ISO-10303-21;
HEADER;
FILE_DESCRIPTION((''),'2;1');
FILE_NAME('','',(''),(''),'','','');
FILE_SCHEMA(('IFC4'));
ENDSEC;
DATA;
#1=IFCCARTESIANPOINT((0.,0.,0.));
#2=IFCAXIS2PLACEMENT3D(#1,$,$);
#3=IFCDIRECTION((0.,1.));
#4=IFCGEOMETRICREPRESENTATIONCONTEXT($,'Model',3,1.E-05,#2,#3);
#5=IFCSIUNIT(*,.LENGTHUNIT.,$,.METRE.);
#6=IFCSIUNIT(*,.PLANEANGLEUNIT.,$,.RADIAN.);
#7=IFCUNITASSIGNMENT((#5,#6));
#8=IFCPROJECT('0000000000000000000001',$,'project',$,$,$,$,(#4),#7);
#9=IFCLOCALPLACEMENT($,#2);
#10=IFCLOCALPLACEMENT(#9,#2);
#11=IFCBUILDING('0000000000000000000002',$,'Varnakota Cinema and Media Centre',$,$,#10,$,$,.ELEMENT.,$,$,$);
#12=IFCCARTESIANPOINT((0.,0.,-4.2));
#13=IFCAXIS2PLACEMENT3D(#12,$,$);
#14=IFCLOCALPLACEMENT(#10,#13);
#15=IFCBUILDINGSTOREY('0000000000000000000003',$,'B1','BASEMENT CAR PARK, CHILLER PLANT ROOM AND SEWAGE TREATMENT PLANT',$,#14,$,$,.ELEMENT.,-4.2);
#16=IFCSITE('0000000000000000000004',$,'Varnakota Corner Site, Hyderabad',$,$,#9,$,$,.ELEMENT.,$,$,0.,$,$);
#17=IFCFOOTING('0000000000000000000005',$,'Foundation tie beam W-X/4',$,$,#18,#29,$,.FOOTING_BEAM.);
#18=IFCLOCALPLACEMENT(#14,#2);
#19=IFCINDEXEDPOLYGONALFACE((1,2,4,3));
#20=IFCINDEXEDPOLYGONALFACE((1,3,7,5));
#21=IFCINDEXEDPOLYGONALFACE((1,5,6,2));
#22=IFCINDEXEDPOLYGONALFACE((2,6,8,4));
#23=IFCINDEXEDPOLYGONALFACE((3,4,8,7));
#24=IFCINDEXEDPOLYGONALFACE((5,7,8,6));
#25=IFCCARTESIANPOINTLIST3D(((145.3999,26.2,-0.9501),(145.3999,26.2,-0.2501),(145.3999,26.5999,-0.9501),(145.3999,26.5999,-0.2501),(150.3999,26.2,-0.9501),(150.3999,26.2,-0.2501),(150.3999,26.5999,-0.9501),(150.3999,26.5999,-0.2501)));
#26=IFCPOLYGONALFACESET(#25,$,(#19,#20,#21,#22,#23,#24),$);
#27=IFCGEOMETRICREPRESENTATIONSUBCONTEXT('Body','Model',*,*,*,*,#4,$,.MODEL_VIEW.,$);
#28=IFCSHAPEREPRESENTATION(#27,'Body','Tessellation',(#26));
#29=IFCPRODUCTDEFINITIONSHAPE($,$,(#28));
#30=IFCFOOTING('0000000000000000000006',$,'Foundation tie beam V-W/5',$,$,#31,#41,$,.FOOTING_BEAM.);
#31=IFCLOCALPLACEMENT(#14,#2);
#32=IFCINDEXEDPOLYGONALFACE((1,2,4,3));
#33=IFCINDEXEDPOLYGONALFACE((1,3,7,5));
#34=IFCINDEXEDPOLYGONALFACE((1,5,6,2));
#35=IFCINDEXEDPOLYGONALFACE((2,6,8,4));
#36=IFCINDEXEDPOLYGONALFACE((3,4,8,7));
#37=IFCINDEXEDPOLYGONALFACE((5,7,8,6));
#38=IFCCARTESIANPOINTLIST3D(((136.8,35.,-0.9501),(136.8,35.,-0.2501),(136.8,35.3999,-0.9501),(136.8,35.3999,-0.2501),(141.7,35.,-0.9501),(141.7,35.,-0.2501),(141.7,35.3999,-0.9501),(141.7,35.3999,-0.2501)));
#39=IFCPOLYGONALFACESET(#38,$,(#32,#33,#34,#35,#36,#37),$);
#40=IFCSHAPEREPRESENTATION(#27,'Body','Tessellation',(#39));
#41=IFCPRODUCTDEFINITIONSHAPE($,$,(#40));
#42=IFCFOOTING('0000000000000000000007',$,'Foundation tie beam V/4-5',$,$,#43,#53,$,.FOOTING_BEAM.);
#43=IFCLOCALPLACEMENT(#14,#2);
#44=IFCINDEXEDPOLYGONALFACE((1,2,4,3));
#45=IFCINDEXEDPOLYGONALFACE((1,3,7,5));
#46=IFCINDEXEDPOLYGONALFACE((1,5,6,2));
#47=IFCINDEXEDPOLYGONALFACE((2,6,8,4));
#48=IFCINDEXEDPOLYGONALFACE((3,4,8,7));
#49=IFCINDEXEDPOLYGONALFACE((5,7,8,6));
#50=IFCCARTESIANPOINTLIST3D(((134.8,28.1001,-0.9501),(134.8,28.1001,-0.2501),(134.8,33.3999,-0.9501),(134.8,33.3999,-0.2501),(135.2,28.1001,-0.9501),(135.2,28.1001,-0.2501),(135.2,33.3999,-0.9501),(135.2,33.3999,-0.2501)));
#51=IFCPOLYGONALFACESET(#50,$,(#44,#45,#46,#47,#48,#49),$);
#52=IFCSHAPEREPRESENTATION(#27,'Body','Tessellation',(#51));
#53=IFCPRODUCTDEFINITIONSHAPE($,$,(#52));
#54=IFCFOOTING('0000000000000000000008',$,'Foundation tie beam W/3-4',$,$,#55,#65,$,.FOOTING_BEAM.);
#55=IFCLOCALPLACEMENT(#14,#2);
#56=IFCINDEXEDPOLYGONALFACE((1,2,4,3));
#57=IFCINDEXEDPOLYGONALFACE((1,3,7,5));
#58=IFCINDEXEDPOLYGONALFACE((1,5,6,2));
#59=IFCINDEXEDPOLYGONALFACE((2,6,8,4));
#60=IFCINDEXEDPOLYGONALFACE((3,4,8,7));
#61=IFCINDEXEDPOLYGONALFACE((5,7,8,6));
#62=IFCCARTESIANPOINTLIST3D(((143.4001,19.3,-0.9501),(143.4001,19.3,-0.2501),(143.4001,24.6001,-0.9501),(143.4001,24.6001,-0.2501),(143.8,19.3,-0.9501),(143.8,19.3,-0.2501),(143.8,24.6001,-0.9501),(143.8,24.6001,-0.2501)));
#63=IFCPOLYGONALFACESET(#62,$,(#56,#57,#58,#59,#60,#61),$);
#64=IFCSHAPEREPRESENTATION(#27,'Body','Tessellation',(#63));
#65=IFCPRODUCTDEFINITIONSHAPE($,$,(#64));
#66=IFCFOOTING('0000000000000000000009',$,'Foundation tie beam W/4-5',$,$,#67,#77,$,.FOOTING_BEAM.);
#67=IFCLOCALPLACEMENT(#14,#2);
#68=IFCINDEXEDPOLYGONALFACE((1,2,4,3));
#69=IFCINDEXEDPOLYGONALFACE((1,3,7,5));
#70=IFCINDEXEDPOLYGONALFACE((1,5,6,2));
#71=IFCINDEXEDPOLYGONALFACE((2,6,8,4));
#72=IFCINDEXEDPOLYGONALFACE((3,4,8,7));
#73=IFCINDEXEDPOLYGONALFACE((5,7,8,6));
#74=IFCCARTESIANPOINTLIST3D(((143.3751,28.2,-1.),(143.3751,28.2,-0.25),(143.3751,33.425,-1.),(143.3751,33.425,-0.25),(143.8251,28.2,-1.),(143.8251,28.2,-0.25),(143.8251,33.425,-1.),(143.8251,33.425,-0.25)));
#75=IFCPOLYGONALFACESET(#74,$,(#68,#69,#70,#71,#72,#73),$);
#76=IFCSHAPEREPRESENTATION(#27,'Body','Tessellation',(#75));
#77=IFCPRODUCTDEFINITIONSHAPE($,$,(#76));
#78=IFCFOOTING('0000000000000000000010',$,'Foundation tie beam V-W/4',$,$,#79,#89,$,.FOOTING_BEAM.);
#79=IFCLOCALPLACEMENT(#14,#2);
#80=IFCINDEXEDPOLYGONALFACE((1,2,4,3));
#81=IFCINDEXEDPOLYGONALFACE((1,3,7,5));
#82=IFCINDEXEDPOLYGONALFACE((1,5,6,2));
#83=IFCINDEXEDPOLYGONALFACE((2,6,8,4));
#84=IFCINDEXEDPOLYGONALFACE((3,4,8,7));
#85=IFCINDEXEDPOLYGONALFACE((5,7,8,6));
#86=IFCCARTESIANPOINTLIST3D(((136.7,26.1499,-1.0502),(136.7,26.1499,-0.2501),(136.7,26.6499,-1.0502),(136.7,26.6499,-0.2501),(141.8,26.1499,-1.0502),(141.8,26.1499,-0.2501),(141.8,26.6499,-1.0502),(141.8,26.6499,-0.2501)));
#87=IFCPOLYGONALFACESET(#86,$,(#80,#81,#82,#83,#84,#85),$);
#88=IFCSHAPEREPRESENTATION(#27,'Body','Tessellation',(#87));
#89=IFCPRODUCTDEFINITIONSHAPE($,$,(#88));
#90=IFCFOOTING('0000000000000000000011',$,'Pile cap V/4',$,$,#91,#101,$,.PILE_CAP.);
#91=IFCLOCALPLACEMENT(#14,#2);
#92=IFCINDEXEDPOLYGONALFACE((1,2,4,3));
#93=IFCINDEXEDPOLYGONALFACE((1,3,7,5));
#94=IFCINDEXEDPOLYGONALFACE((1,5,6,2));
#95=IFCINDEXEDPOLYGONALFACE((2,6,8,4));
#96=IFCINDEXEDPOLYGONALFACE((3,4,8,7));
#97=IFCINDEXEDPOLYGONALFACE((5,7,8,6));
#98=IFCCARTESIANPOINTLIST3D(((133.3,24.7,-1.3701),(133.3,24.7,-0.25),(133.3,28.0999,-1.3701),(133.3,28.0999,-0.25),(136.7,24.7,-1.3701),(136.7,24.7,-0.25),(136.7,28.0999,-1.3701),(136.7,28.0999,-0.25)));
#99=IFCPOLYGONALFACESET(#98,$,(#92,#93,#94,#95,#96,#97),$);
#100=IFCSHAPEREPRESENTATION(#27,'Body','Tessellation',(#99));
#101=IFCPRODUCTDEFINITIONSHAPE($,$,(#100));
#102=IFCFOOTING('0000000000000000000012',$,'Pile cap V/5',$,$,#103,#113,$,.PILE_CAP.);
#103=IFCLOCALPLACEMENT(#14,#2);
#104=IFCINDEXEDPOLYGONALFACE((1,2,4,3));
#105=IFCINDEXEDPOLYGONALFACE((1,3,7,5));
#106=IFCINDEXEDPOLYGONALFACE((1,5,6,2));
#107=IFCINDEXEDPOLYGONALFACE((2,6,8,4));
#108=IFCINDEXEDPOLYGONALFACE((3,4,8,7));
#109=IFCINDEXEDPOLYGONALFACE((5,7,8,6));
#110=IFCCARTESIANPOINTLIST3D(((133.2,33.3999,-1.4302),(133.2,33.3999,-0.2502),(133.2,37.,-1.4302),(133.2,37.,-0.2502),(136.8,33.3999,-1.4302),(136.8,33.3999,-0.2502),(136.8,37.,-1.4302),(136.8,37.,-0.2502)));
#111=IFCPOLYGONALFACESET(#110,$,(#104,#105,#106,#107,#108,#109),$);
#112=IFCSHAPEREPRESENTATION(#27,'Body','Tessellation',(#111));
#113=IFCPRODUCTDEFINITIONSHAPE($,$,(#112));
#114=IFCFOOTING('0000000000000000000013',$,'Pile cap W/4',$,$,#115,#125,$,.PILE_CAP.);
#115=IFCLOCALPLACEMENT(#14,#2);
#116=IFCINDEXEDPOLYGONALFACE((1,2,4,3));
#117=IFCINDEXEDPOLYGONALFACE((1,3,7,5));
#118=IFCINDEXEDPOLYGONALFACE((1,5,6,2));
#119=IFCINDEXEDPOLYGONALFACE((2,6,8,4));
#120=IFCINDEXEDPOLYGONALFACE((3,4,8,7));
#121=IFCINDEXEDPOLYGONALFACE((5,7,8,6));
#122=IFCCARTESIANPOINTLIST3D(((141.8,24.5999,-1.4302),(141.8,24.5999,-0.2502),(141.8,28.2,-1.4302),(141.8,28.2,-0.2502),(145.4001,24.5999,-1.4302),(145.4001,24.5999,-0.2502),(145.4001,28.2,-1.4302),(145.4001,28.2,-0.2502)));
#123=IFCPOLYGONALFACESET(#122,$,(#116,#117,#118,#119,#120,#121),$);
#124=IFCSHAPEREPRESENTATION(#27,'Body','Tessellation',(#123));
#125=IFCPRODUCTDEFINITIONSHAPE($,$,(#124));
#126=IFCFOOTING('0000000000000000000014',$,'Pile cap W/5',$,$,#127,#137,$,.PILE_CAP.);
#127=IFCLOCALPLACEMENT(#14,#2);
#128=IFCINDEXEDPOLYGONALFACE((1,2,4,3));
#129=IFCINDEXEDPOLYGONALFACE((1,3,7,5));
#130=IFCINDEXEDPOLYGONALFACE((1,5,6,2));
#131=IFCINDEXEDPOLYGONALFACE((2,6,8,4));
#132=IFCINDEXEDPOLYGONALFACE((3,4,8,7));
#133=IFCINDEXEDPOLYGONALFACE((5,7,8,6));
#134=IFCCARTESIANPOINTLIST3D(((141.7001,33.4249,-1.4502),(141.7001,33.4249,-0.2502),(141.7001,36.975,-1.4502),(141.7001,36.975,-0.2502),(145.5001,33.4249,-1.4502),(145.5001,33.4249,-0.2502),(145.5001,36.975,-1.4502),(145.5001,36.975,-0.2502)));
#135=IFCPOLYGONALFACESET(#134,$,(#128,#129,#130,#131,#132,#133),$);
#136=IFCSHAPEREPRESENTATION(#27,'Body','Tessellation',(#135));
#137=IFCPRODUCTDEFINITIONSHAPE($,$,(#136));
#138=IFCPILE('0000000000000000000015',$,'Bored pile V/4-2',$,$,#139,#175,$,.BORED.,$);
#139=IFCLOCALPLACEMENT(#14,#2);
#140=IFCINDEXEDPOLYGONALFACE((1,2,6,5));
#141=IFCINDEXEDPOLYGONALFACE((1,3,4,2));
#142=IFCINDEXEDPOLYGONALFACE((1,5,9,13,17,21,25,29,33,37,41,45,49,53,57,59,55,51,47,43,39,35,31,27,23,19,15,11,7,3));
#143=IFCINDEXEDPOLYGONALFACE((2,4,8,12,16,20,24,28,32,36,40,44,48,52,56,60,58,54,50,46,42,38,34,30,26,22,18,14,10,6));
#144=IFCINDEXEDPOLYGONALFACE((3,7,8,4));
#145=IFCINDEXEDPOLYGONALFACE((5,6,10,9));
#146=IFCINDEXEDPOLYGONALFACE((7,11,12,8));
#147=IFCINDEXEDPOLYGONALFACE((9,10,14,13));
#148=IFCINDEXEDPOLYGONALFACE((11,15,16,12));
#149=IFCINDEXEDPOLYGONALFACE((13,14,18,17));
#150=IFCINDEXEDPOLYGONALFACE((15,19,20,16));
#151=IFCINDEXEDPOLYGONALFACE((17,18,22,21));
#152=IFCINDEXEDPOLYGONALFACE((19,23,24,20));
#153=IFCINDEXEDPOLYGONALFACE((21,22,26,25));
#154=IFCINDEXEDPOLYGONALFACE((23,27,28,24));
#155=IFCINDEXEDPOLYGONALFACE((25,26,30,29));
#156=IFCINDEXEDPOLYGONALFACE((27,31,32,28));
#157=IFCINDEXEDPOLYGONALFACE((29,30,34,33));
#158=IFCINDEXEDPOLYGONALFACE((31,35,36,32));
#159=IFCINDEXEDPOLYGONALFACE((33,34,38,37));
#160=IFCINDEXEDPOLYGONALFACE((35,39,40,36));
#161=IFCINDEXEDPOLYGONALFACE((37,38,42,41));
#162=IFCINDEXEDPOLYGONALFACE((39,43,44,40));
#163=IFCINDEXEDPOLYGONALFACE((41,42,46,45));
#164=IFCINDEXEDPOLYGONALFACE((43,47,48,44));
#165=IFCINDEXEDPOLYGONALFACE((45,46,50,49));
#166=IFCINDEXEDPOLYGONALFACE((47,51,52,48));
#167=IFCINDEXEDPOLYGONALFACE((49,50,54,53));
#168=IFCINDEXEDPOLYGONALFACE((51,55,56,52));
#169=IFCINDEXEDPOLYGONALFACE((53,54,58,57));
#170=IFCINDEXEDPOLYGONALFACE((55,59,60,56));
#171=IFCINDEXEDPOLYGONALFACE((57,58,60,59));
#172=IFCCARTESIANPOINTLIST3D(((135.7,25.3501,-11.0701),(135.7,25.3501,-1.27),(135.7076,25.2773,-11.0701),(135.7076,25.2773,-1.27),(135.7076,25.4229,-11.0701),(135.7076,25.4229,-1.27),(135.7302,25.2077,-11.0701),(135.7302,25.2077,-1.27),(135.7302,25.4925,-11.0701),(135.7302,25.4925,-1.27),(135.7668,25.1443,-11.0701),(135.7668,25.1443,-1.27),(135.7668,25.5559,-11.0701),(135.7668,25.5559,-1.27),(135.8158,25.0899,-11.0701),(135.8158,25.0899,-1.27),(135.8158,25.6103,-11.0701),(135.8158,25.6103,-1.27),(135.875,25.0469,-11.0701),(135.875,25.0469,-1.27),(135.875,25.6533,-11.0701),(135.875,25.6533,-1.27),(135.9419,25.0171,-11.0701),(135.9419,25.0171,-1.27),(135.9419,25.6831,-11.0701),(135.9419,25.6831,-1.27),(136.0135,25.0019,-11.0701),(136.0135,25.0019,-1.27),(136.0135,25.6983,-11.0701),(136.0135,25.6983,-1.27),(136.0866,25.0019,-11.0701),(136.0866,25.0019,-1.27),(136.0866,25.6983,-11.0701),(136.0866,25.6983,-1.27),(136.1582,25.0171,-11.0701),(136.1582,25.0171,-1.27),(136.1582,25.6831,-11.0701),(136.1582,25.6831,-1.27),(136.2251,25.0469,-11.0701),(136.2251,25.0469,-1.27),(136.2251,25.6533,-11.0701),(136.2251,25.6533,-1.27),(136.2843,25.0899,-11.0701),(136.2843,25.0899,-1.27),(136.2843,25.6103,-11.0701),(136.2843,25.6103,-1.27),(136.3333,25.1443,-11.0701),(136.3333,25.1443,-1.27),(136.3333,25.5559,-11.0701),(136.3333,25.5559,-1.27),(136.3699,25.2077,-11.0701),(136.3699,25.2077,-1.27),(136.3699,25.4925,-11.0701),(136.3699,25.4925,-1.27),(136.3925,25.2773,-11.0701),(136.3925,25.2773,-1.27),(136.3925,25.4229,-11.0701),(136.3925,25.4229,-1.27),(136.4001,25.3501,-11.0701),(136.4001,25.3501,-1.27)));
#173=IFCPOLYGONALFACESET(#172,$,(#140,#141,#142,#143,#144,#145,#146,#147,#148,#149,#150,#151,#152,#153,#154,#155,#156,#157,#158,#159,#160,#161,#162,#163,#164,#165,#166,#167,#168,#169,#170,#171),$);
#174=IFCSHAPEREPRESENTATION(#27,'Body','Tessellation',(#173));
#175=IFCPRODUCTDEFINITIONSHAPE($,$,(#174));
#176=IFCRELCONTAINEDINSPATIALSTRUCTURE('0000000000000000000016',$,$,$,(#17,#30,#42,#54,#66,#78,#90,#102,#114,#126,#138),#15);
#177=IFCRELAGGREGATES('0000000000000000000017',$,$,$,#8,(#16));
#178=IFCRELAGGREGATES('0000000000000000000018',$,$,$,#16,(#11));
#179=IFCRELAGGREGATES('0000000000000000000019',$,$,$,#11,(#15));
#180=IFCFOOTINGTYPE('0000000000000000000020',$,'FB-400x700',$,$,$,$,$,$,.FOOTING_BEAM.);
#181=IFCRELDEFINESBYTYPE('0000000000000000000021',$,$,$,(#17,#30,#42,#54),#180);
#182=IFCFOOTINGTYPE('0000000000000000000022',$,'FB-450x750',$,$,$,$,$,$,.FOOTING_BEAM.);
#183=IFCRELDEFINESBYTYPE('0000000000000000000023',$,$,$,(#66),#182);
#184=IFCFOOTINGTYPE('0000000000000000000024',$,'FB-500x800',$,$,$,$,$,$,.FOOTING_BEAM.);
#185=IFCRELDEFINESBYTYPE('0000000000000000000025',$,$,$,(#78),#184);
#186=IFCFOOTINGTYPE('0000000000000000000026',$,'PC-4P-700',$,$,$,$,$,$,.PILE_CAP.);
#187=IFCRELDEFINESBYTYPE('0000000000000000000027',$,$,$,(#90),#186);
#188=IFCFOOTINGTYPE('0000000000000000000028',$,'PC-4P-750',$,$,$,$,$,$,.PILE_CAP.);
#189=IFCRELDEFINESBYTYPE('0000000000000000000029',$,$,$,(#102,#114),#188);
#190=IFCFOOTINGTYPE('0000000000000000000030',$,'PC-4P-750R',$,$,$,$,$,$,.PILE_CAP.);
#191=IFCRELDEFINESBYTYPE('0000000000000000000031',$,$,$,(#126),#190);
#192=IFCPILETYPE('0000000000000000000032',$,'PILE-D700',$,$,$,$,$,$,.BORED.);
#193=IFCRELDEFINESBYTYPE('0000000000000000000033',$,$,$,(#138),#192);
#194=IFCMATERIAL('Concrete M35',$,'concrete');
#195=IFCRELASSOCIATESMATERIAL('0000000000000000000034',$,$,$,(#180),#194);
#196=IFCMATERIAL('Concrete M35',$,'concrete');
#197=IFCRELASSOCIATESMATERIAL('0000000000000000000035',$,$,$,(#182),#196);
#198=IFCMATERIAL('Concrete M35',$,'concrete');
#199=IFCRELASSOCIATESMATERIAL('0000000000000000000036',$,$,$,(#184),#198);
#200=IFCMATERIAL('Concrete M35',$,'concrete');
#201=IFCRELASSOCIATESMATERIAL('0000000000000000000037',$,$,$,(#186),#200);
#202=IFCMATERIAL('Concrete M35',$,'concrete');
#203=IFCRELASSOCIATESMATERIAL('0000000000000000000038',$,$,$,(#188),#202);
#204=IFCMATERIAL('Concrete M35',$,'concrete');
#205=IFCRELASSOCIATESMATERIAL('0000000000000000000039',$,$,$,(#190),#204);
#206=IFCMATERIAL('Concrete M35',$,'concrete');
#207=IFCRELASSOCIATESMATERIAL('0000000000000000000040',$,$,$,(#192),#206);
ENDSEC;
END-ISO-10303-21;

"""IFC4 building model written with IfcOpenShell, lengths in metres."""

from ifc_helpers import new_model, si_unit, direction, frame, origin, origin_2d, place, context, subcontext, project, spatial, rectangle, circle, extrude, material, material_profile, profile_set, type_object, element, save


model = new_model("IFC4")

# Units and contexts
model_context = context("Model", 3, precision=1e-05, world=origin(), true_north=direction((0.0, 1.0)))
body_context = subcontext(model_context, "Body", "Model", "MODEL_VIEW")
ifc_project = project(units=[si_unit("LENGTHUNIT", "METRE"), si_unit("PLANEANGLEUNIT", "RADIAN")], contexts=[model_context])

# Site, building, storey
site_placement = place(None, origin())
site = spatial("IfcSite", under=ifc_project, at=site_placement, Name="Varnakota Corner Site, Hyderabad", CompositionType="ELEMENT", RefElevation=0.0)
building_placement = place(site_placement, origin())
building = spatial("IfcBuilding", under=site, at=building_placement, Name="Varnakota Cinema and Media Centre", CompositionType="ELEMENT")
storey_placement = place(building_placement, frame((0.0, 0.0, -4.2)))
storey = spatial("IfcBuildingStorey", under=building, at=storey_placement, Name="B1", Description="BASEMENT CAR PARK, CHILLER PLANT ROOM AND SEWAGE TREATMENT PLANT", CompositionType="ELEMENT", Elevation=-4.2)

# Footings
ifc_material_1 = material(Name="Concrete M35", Category="concrete")
ifc_material_profile_1 = material_profile(ifc_material_1, rectangle(XDim=0.3999, YDim=0.7, at=origin_2d()), Name="FB 400x700")
ifc_profile_set_1 = profile_set([ifc_material_profile_1], Name="Concrete M35")
footing_type_1 = type_object("IfcFootingType", Name="FB-400x700", PredefinedType="FOOTING_BEAM", material=ifc_profile_set_1)
footing_1_placement = place(storey_placement, frame((145.3999, 26.3999, -0.6001), z_axis=(1.0, 0.0, 0.0), x_axis=(0.0, 1.0, 0.0)))
element("IfcFooting", 1, at=footing_1_placement, inside=storey, type_object=footing_type_1, Name="Foundation tie beam W-X/4", PredefinedType="FOOTING_BEAM", context=body_context, shape_type="SweptSolid", body=[
    extrude(rectangle(XDim=0.3999, YDim=0.7, at=origin_2d()), origin(), (0.0, 0.0, 1.0), 5.0),
])
footing_2_placement = place(storey_placement, frame((136.8, 35.2, -0.6001), z_axis=(1.0, 0.0, 0.0), x_axis=(0.0, 1.0, 0.0)))
element("IfcFooting", 2, at=footing_2_placement, inside=storey, type_object=footing_type_1, Name="Foundation tie beam V-W/5", PredefinedType="FOOTING_BEAM", context=body_context, shape_type="SweptSolid", body=[
    extrude(rectangle(XDim=0.3999, YDim=0.7, at=origin_2d()), origin(), (0.0, 0.0, 1.0), 4.8999),
])
footing_3_placement = place(storey_placement, frame((135.0, 28.1001, -0.6001), z_axis=(0.0, 1.0, 0.0), x_axis=(-1.0, 0.0, 0.0)))
element("IfcFooting", 3, at=footing_3_placement, inside=storey, type_object=footing_type_1, Name="Foundation tie beam V/4-5", PredefinedType="FOOTING_BEAM", context=body_context, shape_type="SweptSolid", body=[
    extrude(rectangle(XDim=0.3999, YDim=0.7, at=origin_2d()), origin(), (0.0, 0.0, 1.0), 5.2998),
])
footing_4_placement = place(storey_placement, frame((143.6001, 19.3, -0.6001), z_axis=(0.0, 1.0, 0.0), x_axis=(-1.0, 0.0, 0.0)))
element("IfcFooting", 4, at=footing_4_placement, inside=storey, type_object=footing_type_1, Name="Foundation tie beam W/3-4", PredefinedType="FOOTING_BEAM", context=body_context, shape_type="SweptSolid", body=[
    extrude(rectangle(XDim=0.3999, YDim=0.7, at=origin_2d()), origin(), (0.0, 0.0, 1.0), 5.3),
])
ifc_material_2 = material(Name="Concrete M35", Category="concrete")
ifc_material_profile_2 = material_profile(ifc_material_2, rectangle(XDim=0.45, YDim=0.75, at=origin_2d()), Name="FB 450x750")
ifc_profile_set_2 = profile_set([ifc_material_profile_2], Name="Concrete M35")
footing_type_2 = type_object("IfcFootingType", Name="FB-450x750", PredefinedType="FOOTING_BEAM", material=ifc_profile_set_2)
footing_5_placement = place(storey_placement, frame((143.6001, 28.2, -0.625), z_axis=(0.0, 1.0, 0.0), x_axis=(-1.0, 0.0, 0.0)))
element("IfcFooting", 5, at=footing_5_placement, inside=storey, type_object=footing_type_2, Name="Foundation tie beam W/4-5", PredefinedType="FOOTING_BEAM", context=body_context, shape_type="SweptSolid", body=[
    extrude(rectangle(XDim=0.45, YDim=0.75, at=origin_2d()), origin(), (0.0, 0.0, 1.0), 5.2251),
])
ifc_material_3 = material(Name="Concrete M35", Category="concrete")
ifc_material_profile_3 = material_profile(ifc_material_3, rectangle(XDim=0.5, YDim=0.8, at=origin_2d()), Name="FB 500x800")
ifc_profile_set_3 = profile_set([ifc_material_profile_3], Name="Concrete M35")
footing_type_3 = type_object("IfcFootingType", Name="FB-500x800", PredefinedType="FOOTING_BEAM", material=ifc_profile_set_3)
footing_6_placement = place(storey_placement, frame((136.7, 26.3999, -0.6501), z_axis=(1.0, 0.0, 0.0), x_axis=(0.0, 1.0, 0.0)))
element("IfcFooting", 6, at=footing_6_placement, inside=storey, type_object=footing_type_3, Name="Foundation tie beam V-W/4", PredefinedType="FOOTING_BEAM", context=body_context, shape_type="SweptSolid", body=[
    extrude(rectangle(XDim=0.5, YDim=0.8, at=origin_2d()), origin(), (0.0, 0.0, 1.0), 5.1001),
])
ifc_material_4 = material(Name="Concrete M35", Category="concrete")
footing_type_4 = type_object("IfcFootingType", Name="PC-4P-700", PredefinedType="PILE_CAP", material=ifc_material_4)
footing_7_placement = place(storey_placement, frame((135.0, 26.3999, -1.3701), z_axis=(0.0, 0.0, 1.0), x_axis=(1.0, 0.0, 0.0)))
element("IfcFooting", 7, at=footing_7_placement, inside=storey, type_object=footing_type_4, Name="Pile cap V/4", PredefinedType="PILE_CAP", context=body_context, shape_type="SweptSolid", body=[
    extrude(rectangle(XDim=3.3999, YDim=3.3999, at=origin_2d()), origin(), (0.0, 0.0, 1.0), 1.1201),
])
ifc_material_5 = material(Name="Concrete M35", Category="concrete")
footing_type_5 = type_object("IfcFootingType", Name="PC-4P-750", PredefinedType="PILE_CAP", material=ifc_material_5)
for number, where, z_axis, x_axis, name in (
    (8, (135.0, 35.2, -1.4302), (0.0, 0.0, 1.0), (1.0, 0.0, 0.0), "Pile cap V/5"),
    (9, (143.6001, 26.3999, -1.4302), (0.0, 0.0, 1.0), (1.0, 0.0, 0.0), "Pile cap W/4"),
):
    element("IfcFooting", number, at=place(storey_placement, frame(where, z_axis=z_axis, x_axis=x_axis)), inside=storey, type_object=footing_type_5, Name=name, PredefinedType="PILE_CAP", context=body_context, shape_type="SweptSolid", body=[
        extrude(rectangle(XDim=3.6001, YDim=3.6001, at=origin_2d()), origin(), (0.0, 0.0, 1.0), 1.1799),
    ])
ifc_material_6 = material(Name="Concrete M35", Category="concrete")
footing_type_6 = type_object("IfcFootingType", Name="PC-4P-750R", PredefinedType="PILE_CAP", material=ifc_material_6)
footing_8_placement = place(storey_placement, frame((143.6001, 35.2, -1.4502), z_axis=(0.0, 0.0, 1.0), x_axis=(1.0, 0.0, 0.0)))
element("IfcFooting", 10, at=footing_8_placement, inside=storey, type_object=footing_type_6, Name="Pile cap W/5", PredefinedType="PILE_CAP", context=body_context, shape_type="SweptSolid", body=[
    extrude(rectangle(XDim=3.8, YDim=3.55, at=origin_2d()), origin(), (0.0, 0.0, 1.0), 1.2),
])

# Pile
ifc_material_7 = material(Name="Concrete M35", Category="concrete")
ifc_material_profile_4 = material_profile(ifc_material_7, circle(Radius=0.3501, at=origin_2d()), Name="PILE D700")
ifc_profile_set_4 = profile_set([ifc_material_profile_4], Name="Concrete M35")
pile_type_1 = type_object("IfcPileType", Name="PILE-D700", PredefinedType="BORED", material=ifc_profile_set_4)
for number, where, z_axis, x_axis, name in (
    (11, (136.05, 25.3501, -1.27), (0.0, 0.0, -1.0), (1.0, 0.0, 0.0), "Bored pile V/4-2"),
):
    element("IfcPile", number, at=place(storey_placement, frame(where, z_axis=z_axis, x_axis=x_axis)), inside=storey, type_object=pile_type_1, Name=name, PredefinedType="BORED", context=body_context, shape_type="SweptSolid", body=[
        extrude(circle(Radius=0.3501, at=origin_2d()), origin(), (0.0, 0.0, 1.0), 9.8),
    ])

save(model, "model.ifc")
